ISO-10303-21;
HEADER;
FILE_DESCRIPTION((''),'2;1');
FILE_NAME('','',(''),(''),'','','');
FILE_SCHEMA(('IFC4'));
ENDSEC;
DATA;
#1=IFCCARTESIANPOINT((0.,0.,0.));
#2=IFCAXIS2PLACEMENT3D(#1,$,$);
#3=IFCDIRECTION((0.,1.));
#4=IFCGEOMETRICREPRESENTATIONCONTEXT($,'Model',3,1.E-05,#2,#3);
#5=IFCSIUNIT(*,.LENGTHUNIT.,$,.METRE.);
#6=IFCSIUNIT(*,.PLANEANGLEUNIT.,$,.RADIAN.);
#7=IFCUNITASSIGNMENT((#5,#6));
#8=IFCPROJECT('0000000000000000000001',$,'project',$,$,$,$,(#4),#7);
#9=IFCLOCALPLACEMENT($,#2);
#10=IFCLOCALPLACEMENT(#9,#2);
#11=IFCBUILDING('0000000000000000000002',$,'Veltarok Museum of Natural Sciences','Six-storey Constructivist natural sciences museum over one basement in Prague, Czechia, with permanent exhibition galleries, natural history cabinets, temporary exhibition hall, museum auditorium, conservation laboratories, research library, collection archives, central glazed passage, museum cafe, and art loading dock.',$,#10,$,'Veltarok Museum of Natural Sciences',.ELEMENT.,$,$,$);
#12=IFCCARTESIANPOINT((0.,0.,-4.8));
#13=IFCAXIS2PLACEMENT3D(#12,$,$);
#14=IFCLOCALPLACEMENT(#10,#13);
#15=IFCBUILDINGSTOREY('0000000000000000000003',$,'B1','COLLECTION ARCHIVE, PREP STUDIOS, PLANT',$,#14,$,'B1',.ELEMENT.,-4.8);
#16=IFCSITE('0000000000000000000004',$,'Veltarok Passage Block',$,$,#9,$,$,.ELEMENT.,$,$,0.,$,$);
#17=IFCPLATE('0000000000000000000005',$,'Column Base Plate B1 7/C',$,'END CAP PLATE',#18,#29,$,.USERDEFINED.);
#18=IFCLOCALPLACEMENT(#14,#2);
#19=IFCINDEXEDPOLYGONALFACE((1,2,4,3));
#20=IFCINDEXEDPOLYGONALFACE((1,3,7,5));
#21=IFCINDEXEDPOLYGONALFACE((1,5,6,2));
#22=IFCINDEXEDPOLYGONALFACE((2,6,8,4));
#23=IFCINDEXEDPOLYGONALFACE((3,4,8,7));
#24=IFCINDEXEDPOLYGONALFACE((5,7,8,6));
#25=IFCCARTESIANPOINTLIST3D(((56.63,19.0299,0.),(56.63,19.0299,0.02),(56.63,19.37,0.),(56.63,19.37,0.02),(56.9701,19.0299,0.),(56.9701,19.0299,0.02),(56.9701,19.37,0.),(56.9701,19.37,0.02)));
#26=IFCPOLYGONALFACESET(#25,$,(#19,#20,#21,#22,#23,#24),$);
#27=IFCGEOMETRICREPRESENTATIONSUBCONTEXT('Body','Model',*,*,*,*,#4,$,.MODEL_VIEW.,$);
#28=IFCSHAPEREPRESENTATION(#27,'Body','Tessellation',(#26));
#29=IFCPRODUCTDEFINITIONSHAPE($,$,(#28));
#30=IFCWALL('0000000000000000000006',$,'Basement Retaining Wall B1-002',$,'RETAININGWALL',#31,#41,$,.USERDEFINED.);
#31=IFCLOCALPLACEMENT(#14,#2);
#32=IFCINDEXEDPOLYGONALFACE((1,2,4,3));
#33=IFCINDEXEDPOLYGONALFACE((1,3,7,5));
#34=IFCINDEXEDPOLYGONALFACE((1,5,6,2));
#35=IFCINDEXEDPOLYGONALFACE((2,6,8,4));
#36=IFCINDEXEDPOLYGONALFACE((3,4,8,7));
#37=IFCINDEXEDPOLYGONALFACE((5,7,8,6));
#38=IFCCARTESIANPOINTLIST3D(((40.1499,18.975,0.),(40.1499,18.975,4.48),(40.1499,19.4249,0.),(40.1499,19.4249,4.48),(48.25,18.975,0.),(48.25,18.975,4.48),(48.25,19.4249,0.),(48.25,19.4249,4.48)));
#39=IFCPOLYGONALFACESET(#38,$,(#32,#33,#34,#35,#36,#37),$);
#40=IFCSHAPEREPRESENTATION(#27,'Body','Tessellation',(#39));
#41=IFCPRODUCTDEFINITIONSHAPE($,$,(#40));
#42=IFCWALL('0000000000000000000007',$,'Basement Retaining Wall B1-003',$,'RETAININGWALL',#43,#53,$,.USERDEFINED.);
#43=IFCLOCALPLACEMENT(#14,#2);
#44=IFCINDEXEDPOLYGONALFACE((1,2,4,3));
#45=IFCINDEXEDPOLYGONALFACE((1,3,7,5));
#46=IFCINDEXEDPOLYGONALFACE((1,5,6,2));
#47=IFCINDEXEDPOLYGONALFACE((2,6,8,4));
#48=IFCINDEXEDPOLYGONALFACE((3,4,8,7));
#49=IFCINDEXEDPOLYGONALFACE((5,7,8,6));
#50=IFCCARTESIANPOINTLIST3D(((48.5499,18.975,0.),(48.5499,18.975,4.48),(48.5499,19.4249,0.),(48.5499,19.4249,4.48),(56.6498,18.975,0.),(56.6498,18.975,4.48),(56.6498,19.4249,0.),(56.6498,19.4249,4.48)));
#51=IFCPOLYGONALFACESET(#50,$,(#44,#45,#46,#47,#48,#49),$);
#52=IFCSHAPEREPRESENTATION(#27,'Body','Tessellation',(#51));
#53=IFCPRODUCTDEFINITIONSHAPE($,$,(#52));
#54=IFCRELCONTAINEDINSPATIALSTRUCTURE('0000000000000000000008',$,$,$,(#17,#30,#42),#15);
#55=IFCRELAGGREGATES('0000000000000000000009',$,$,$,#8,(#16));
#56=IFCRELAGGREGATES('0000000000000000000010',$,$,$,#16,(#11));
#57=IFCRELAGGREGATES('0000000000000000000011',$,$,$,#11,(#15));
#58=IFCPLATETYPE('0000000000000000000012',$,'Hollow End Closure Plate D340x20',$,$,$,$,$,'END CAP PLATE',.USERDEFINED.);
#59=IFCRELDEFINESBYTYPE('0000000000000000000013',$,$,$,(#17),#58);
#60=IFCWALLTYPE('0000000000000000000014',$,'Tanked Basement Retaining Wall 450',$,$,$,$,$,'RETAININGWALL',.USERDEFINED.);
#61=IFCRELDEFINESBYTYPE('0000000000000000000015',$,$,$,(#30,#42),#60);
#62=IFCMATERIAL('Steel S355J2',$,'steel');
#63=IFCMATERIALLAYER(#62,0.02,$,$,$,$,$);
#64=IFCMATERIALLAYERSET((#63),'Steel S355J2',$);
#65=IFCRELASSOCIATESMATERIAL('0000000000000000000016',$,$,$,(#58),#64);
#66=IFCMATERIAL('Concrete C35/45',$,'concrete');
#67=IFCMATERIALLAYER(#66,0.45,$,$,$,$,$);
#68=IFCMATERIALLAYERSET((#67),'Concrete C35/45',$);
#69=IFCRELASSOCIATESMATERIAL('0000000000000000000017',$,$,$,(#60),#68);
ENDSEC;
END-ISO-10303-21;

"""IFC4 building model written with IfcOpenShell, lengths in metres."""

from ifc_helpers import new_model, si_unit, direction, frame, frame_2d, origin, origin_2d, place, context, subcontext, project, spatial, rectangle, extrude, material, layer, layer_set, type_object, element, save


model = new_model("IFC4")

# Units and contexts
model_context = context("Model", 3, precision=1e-05, world=origin(), true_north=direction((0.0, 1.0)))
body_context = subcontext(model_context, "Body", "Model", "MODEL_VIEW")
ifc_project = project(units=[si_unit("LENGTHUNIT", "METRE"), si_unit("PLANEANGLEUNIT", "RADIAN")], contexts=[model_context])

# Site, building, storey
site_placement = place(None, origin())
site = spatial("IfcSite", under=ifc_project, at=site_placement, Name="Veltarok Passage Block", CompositionType="ELEMENT", RefElevation=0.0)
building_placement = place(site_placement, origin())
building = spatial("IfcBuilding", under=site, at=building_placement, Name="Veltarok Museum of Natural Sciences", Description="Six-storey Constructivist natural sciences museum over one basement in Prague, Czechia, with permanent exhibition galleries, natural history cabinets, temporary exhibition hall, museum auditorium, conservation laboratories, research library, collection archives, central glazed passage, museum cafe, and art loading dock.", LongName="Veltarok Museum of Natural Sciences", CompositionType="ELEMENT")
storey_placement = place(building_placement, frame((0.0, 0.0, -4.8)))
storey = spatial("IfcBuildingStorey", under=building, at=storey_placement, Name="B1", Description="COLLECTION ARCHIVE, PREP STUDIOS, PLANT", LongName="B1", CompositionType="ELEMENT", Elevation=-4.8)

# Shared definitions
ifc_material_1 = material(Name="Concrete C35/45", Category="concrete")

# Shared definitions
ifc_material_2 = material(Name="Steel S355J2", Category="steel")

# Plate
ifc_layer_1 = layer(ifc_material_2, 0.02)
ifc_layer_set_1 = layer_set([ifc_layer_1], Name="Steel S355J2")
plate_type = type_object("IfcPlateType", Name="Hollow End Closure Plate D340x20", ElementType="END CAP PLATE", PredefinedType="USERDEFINED", material=ifc_layer_set_1)
for number, where, z_axis, x_axis, name in (
    (1, (56.8, 19.2, 0.0), (0.0, 0.0, 1.0), (1.0, 0.0, 0.0), "Column Base Plate B1 7/C"),
):
    element("IfcPlate", number, at=place(storey_placement, frame(where, z_axis=z_axis, x_axis=x_axis)), inside=storey, type_object=plate_type, Name=name, ObjectType="END CAP PLATE", PredefinedType="USERDEFINED", context=body_context, shape_type="SweptSolid", body=[
        extrude(rectangle(XDim=0.3401, YDim=0.3401, at=origin_2d()), origin(), (0.0, 0.0, 1.0), 0.02),
    ])

# Walls
ifc_layer_2 = layer(ifc_material_1, 0.45)
ifc_layer_set_2 = layer_set([ifc_layer_2], Name="Concrete C35/45")
wall_type = type_object("IfcWallType", Name="Tanked Basement Retaining Wall 450", ElementType="RETAININGWALL", PredefinedType="USERDEFINED", material=ifc_layer_set_2)
wall_1_placement = place(storey_placement, frame((40.1499, 19.2, 0.0), z_axis=(0.0, 0.0, 1.0), x_axis=(1.0, 0.0, 0.0)))
element("IfcWall", 2, at=wall_1_placement, inside=storey, type_object=wall_type, Name="Basement Retaining Wall B1-002", ObjectType="RETAININGWALL", PredefinedType="USERDEFINED", context=body_context, shape_type="SweptSolid", body=[
    extrude(rectangle(XDim=8.1001, YDim=0.45, at=frame_2d((4.05, 0.0))), origin(), (0.0, 0.0, 1.0), 4.48),
])
wall_2_placement = place(storey_placement, frame((48.55, 19.2, 0.0), z_axis=(0.0, 0.0, 1.0), x_axis=(1.0, 0.0, 0.0)))
element("IfcWall", 3, at=wall_2_placement, inside=storey, type_object=wall_type, Name="Basement Retaining Wall B1-003", ObjectType="RETAININGWALL", PredefinedType="USERDEFINED", context=body_context, shape_type="SweptSolid", body=[
    extrude(rectangle(XDim=8.0999, YDim=0.45, at=frame_2d((4.0498, 0.0))), origin(), (0.0, 0.0, 1.0), 4.48),
])

save(model, "model.ifc")
